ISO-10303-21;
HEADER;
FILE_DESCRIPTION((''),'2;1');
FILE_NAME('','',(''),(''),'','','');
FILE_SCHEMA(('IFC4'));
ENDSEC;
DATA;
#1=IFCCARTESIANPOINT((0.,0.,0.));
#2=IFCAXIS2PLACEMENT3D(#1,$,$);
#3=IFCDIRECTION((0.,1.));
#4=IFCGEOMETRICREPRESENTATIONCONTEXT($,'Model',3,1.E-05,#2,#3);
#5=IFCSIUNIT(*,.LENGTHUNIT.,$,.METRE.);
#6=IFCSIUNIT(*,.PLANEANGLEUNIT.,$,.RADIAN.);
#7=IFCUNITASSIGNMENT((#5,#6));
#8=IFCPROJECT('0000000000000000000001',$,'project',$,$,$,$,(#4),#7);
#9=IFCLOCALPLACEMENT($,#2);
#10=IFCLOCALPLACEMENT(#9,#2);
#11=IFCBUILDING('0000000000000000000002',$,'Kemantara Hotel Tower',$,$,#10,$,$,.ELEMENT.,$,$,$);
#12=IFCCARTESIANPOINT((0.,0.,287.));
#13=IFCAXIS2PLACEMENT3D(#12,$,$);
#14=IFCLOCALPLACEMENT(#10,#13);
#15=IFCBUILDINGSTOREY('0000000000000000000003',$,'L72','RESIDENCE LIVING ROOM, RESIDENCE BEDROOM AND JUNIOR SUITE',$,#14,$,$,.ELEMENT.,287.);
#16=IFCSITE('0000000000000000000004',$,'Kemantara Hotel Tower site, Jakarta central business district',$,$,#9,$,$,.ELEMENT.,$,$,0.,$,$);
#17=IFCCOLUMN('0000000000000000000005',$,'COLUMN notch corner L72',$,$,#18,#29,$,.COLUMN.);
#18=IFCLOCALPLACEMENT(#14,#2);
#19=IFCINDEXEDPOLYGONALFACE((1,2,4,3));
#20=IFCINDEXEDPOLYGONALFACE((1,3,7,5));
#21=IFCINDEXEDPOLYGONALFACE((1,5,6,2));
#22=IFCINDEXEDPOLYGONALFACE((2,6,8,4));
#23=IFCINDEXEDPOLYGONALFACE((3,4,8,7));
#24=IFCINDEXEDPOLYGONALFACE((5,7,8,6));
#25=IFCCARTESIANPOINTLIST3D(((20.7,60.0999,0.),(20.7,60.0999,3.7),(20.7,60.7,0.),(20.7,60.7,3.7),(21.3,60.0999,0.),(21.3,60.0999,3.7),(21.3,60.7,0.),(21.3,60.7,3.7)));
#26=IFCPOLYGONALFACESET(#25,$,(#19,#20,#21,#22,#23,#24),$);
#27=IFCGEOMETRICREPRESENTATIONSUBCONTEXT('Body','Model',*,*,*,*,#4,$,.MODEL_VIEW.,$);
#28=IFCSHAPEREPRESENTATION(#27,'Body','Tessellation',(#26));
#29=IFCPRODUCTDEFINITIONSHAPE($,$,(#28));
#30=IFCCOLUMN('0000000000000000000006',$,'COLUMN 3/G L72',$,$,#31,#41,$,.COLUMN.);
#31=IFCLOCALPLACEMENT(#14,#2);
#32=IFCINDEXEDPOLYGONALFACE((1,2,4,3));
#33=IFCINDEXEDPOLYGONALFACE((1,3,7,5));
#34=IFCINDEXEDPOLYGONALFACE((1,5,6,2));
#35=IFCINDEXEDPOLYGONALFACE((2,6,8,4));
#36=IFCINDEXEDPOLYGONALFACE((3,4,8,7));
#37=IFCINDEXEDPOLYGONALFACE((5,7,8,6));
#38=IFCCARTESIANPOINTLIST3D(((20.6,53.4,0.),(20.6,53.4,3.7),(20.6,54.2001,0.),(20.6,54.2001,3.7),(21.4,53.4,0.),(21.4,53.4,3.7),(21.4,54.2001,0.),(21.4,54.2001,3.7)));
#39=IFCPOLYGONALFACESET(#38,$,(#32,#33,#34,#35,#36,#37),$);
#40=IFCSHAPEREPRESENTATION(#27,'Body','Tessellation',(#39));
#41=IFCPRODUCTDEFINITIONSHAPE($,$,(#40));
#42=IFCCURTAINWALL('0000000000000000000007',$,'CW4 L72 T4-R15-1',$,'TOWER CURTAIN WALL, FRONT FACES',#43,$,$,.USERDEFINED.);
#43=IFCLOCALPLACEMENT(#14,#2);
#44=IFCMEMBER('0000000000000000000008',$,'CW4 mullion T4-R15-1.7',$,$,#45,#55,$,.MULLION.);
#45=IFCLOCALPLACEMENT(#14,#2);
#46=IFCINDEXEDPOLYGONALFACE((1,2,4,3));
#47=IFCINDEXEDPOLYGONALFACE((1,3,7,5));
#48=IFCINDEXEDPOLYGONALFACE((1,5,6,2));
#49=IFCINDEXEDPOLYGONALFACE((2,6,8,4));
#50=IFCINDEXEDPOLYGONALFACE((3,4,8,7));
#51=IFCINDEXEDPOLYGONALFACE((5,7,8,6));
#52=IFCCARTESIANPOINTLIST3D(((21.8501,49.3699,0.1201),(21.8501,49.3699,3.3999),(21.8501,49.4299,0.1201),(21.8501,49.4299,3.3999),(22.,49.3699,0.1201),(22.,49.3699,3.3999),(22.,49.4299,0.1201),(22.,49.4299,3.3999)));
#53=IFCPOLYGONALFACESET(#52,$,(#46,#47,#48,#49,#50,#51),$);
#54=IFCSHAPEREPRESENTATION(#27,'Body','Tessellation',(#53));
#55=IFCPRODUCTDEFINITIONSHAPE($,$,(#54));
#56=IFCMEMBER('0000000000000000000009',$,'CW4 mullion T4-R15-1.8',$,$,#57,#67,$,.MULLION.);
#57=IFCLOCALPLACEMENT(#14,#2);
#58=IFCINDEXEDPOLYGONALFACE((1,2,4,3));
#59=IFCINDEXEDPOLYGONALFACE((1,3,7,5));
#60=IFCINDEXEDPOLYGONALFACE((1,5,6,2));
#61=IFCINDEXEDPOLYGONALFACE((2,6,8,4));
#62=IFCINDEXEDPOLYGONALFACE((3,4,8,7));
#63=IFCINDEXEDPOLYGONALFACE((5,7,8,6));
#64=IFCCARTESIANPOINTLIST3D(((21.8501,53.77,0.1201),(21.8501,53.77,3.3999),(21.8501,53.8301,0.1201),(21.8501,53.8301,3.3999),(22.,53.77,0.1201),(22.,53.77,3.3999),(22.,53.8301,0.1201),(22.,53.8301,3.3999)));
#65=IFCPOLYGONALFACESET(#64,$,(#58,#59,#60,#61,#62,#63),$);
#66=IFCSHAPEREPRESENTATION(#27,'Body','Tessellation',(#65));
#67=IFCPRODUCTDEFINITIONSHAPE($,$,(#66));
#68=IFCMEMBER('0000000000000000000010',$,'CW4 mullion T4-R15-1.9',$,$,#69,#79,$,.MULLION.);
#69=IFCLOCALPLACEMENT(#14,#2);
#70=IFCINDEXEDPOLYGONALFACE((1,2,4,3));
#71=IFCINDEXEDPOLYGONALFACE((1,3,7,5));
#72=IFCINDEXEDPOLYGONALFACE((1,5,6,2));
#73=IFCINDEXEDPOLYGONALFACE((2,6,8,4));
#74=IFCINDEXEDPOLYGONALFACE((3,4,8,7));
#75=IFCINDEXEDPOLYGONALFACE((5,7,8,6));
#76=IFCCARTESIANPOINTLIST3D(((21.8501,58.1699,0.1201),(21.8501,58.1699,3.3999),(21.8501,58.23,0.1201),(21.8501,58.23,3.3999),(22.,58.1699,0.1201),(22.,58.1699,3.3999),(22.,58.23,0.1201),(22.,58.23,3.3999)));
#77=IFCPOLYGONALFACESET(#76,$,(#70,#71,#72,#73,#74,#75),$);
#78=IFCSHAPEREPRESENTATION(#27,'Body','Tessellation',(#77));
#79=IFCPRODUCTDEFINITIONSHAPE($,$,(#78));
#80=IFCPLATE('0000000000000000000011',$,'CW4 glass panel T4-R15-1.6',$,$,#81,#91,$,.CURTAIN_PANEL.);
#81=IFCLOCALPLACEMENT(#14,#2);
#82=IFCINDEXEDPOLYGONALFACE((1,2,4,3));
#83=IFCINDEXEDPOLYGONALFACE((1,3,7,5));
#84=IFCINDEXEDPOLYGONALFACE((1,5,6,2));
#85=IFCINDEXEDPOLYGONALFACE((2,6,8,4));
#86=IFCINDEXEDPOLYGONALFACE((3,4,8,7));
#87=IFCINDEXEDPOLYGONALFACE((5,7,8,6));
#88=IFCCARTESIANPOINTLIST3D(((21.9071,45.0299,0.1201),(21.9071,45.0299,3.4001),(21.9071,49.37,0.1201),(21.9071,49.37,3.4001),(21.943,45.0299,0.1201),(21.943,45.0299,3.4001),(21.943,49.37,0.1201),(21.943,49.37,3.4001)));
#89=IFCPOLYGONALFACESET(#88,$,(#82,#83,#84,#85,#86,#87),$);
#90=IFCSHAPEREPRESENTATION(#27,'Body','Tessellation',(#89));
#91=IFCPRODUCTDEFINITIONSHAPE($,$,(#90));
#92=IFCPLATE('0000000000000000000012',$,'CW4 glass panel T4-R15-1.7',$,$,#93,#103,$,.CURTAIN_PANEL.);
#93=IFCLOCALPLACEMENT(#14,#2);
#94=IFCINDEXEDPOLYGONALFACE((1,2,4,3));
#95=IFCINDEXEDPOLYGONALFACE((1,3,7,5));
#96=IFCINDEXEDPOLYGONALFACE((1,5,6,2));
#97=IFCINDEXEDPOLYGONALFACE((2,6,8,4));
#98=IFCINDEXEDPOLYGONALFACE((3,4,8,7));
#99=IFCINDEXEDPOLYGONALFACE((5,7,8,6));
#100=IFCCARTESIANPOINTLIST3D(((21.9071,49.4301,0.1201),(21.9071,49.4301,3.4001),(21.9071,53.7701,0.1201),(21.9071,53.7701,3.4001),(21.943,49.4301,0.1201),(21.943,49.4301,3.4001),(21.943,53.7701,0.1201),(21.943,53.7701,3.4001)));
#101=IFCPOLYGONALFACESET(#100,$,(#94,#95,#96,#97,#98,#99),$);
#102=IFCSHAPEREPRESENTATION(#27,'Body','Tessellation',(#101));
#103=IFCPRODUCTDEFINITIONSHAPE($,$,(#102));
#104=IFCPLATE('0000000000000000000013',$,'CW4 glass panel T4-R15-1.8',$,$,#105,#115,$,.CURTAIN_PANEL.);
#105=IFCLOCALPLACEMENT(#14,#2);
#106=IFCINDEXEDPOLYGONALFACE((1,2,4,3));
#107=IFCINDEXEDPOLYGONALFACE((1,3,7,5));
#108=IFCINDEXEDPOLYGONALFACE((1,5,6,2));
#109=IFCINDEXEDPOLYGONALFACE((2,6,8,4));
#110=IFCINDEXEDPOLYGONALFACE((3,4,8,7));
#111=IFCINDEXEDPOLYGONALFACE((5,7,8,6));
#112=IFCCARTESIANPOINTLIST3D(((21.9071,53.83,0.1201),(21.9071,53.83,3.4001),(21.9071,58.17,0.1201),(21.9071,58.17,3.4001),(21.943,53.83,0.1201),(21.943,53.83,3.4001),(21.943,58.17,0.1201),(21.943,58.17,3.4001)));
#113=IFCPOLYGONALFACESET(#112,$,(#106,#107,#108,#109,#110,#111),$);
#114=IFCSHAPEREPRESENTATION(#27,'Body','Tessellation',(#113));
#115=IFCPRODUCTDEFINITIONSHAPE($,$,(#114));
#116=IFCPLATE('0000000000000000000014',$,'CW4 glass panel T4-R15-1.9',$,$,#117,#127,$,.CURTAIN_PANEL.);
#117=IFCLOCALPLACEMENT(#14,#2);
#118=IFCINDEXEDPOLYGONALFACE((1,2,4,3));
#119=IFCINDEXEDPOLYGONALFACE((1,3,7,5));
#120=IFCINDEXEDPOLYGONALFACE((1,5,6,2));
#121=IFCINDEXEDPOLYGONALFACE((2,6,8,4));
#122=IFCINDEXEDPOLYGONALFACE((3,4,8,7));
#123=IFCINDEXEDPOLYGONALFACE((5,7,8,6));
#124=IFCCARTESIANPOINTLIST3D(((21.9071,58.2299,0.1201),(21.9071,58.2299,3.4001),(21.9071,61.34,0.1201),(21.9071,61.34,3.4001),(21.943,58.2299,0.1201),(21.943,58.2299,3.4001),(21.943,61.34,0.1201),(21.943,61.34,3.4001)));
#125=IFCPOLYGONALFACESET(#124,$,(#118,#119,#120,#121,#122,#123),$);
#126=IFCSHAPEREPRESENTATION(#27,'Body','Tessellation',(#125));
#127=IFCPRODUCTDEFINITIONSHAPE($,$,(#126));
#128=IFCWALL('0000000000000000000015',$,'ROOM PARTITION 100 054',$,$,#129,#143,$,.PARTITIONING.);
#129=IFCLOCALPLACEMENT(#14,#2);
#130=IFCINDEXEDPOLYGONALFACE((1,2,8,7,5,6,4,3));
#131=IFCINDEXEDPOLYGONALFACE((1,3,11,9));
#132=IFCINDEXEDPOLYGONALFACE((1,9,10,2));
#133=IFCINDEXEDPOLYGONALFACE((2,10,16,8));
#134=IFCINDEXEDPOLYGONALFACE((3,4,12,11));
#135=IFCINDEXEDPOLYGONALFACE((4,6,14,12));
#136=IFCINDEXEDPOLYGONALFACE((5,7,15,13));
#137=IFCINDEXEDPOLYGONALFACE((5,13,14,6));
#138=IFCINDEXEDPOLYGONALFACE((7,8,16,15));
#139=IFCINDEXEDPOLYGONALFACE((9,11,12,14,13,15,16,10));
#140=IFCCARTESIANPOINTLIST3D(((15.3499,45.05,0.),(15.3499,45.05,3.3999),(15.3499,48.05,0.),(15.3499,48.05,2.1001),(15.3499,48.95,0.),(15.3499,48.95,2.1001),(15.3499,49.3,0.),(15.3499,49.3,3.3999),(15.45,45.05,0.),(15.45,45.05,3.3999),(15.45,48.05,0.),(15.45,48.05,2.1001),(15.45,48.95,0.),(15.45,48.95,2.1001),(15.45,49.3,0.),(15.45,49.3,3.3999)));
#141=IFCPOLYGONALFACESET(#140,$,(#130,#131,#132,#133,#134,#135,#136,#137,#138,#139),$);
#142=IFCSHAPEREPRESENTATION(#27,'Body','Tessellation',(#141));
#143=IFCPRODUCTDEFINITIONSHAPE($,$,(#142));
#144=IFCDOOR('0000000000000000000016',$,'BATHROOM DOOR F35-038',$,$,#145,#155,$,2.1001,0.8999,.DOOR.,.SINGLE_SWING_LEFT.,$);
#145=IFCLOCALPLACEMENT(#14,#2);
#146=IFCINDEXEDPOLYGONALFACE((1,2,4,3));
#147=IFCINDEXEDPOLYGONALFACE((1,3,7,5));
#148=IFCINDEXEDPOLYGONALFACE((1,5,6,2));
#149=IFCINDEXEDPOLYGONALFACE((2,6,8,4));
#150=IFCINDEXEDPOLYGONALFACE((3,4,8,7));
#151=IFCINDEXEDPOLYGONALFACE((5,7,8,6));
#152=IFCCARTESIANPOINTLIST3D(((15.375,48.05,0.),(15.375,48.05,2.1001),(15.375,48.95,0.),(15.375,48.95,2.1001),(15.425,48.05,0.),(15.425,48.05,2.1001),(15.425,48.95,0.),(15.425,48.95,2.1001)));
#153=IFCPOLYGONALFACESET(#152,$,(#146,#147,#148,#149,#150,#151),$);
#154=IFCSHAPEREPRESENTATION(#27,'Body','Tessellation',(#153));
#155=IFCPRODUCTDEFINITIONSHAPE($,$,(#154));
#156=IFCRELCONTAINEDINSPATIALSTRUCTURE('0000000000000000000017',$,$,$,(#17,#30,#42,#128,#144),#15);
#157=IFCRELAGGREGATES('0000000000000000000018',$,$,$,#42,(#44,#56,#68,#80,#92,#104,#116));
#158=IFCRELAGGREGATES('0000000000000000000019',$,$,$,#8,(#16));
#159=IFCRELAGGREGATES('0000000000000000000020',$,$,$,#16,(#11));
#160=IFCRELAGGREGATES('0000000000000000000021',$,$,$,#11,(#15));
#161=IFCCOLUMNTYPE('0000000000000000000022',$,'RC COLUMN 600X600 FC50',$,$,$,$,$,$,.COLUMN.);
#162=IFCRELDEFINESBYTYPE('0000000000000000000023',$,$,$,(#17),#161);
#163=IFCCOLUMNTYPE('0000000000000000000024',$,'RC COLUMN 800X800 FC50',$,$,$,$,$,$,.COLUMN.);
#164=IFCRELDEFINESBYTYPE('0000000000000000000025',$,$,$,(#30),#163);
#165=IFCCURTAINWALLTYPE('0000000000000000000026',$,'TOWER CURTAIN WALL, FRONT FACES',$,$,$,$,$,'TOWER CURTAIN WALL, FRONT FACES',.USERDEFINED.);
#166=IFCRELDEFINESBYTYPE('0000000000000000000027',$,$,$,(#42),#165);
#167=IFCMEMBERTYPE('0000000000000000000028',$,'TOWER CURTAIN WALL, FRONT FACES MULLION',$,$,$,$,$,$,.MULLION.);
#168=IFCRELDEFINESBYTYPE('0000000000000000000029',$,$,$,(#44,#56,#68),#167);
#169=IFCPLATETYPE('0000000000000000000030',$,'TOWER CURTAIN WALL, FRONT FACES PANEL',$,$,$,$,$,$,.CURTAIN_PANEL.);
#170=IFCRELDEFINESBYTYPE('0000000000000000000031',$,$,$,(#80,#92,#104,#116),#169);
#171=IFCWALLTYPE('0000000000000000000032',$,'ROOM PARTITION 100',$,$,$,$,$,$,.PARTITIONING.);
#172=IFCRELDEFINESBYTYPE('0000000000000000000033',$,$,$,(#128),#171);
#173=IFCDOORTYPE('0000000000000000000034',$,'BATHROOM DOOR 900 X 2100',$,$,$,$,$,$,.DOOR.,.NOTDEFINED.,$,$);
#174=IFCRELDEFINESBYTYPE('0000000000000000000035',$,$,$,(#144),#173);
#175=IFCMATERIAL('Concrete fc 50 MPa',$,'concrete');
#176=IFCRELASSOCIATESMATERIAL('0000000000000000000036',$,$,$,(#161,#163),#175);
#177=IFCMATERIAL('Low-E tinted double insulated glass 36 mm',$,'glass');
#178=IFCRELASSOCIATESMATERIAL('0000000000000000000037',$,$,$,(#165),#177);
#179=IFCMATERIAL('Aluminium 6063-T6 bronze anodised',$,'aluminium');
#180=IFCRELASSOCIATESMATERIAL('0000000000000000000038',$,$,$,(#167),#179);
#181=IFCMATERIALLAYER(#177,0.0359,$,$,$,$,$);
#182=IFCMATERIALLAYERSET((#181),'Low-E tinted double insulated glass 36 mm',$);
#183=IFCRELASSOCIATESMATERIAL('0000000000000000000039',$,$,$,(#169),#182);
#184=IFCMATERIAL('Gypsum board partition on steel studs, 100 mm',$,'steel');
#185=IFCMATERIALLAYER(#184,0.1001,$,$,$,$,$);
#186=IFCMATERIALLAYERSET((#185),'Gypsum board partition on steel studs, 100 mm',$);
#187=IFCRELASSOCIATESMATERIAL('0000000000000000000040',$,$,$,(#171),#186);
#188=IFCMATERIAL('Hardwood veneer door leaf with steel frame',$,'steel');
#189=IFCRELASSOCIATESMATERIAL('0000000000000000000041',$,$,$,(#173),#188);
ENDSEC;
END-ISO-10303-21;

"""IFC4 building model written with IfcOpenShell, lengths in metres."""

from ifc_helpers import new_model, si_unit, direction, frame, frame_2d, origin, origin_2d, place, context, subcontext, project, spatial, rectangle, extrude, source, transform, mapped, material, layer, layer_set, material_profile, profile_set, type_object, element, fill, aggregate, save


model = new_model("IFC4")

# Units and contexts
model_context = context("Model", 3, precision=1e-05, world=origin(), true_north=direction((0.0, 1.0)))
body_context = subcontext(model_context, "Body", "Model", "MODEL_VIEW")
ifc_project = project(units=[si_unit("LENGTHUNIT", "METRE"), si_unit("PLANEANGLEUNIT", "RADIAN")], contexts=[model_context])

# Site, building, storey
site_placement = place(None, origin())
site = spatial("IfcSite", under=ifc_project, at=site_placement, Name="Kemantara Hotel Tower site, Jakarta central business district", CompositionType="ELEMENT", RefElevation=0.0)
building_placement = place(site_placement, origin())
building = spatial("IfcBuilding", under=site, at=building_placement, Name="Kemantara Hotel Tower", CompositionType="ELEMENT")
storey_placement = place(building_placement, frame((0.0, 0.0, 287.0)))
storey = spatial("IfcBuildingStorey", under=building, at=storey_placement, Name="L72", Description="RESIDENCE LIVING ROOM, RESIDENCE BEDROOM AND JUNIOR SUITE", CompositionType="ELEMENT", Elevation=287.0)

# Columns
ifc_material_1 = material(Name="Concrete fc 50 MPa", Category="concrete")
ifc_material_profile_1 = material_profile(ifc_material_1, rectangle(XDim=0.6001, YDim=0.6001, at=origin_2d()), Name="RC 600X600")
ifc_profile_set_1 = profile_set([ifc_material_profile_1], Name="Concrete fc 50 MPa")
column_type_1 = type_object("IfcColumnType", Name="RC COLUMN 600X600 FC50", PredefinedType="COLUMN", material=ifc_profile_set_1)
column_1_placement = place(storey_placement, frame((21.0, 60.3999, 0.0), z_axis=(0.0, 0.0, 1.0), x_axis=(1.0, 0.0, 0.0)))
element("IfcColumn", 1, at=column_1_placement, inside=storey, type_object=column_type_1, Name="COLUMN notch corner L72", PredefinedType="COLUMN", context=body_context, shape_type="SweptSolid", body=[
    extrude(rectangle(XDim=0.6001, YDim=0.6001, at=origin_2d()), origin(), (0.0, 0.0, 1.0), 3.7),
])
ifc_material_profile_2 = material_profile(ifc_material_1, rectangle(XDim=0.8, YDim=0.8, at=origin_2d()), Name="RC 800X800")
ifc_profile_set_2 = profile_set([ifc_material_profile_2], Name="Concrete fc 50 MPa")
column_type_2 = type_object("IfcColumnType", Name="RC COLUMN 800X800 FC50", PredefinedType="COLUMN", material=ifc_profile_set_2)
column_2_placement = place(storey_placement, frame((21.0, 53.8, 0.0), z_axis=(0.0, 0.0, 1.0), x_axis=(1.0, 0.0, 0.0)))
element("IfcColumn", 2, at=column_2_placement, inside=storey, type_object=column_type_2, Name="COLUMN 3/G L72", PredefinedType="COLUMN", context=body_context, shape_type="SweptSolid", body=[
    extrude(rectangle(XDim=0.8, YDim=0.8, at=origin_2d()), origin(), (0.0, 0.0, 1.0), 3.7),
])

# Curtain wall, members, plates
ifc_material_2 = material(Name="Low-E tinted double insulated glass 36 mm", Category="glass")
curtain_wall_type = type_object("IfcCurtainWallType", Name="TOWER CURTAIN WALL, FRONT FACES", ElementType="TOWER CURTAIN WALL, FRONT FACES", PredefinedType="USERDEFINED", material=ifc_material_2)
curtain_wall_placement = place(storey_placement, origin())
curtain_wall = element("IfcCurtainWall", 3, at=curtain_wall_placement, inside=storey, type_object=curtain_wall_type, Name="CW4 L72 T4-R15-1", ObjectType="TOWER CURTAIN WALL, FRONT FACES", PredefinedType="USERDEFINED")
ifc_material_3 = material(Name="Aluminium 6063-T6 bronze anodised", Category="aluminium")
ifc_material_profile_3 = material_profile(ifc_material_3, rectangle(XDim=0.1499, YDim=0.0601, at=origin_2d()), Name="TOWER CURTAIN WALL, FRONT FACES MULLION")
ifc_profile_set_3 = profile_set([ifc_material_profile_3], Name="Aluminium 6063-T6 bronze anodised")
member_type = type_object("IfcMemberType", Name="TOWER CURTAIN WALL, FRONT FACES MULLION", PredefinedType="MULLION", material=ifc_profile_set_3)
shared_shape_1 = source(origin(), body_context, "Body", "SweptSolid", [
    extrude(rectangle(XDim=0.1499, YDim=0.0601, at=origin_2d()), origin(), (0.0, 0.0, 1.0), 3.2798),
])
member_1_placement = place(storey_placement, frame((21.925, 49.3999, 0.1201), z_axis=(0.0, 0.0, 1.0), x_axis=(-1.0, 0.0, 0.0)))
member_1 = element("IfcMember", 4, at=member_1_placement, type_object=member_type, Name="CW4 mullion T4-R15-1.7", PredefinedType="MULLION", context=body_context, shape_type="MappedRepresentation", body=[
    mapped(shared_shape_1, transform((0.0, 0.0, 0.0))),
])
member_2_placement = place(storey_placement, frame((21.925, 53.8, 0.1201), z_axis=(0.0, 0.0, 1.0), x_axis=(-1.0, 0.0, 0.0)))
member_2 = element("IfcMember", 5, at=member_2_placement, type_object=member_type, Name="CW4 mullion T4-R15-1.8", PredefinedType="MULLION", context=body_context, shape_type="MappedRepresentation", body=[
    mapped(shared_shape_1, transform((0.0, 0.0, 0.0))),
])
member_3_placement = place(storey_placement, frame((21.925, 58.2, 0.1201), z_axis=(0.0, 0.0, 1.0), x_axis=(-1.0, 0.0, 0.0)))
member_3 = element("IfcMember", 6, at=member_3_placement, type_object=member_type, Name="CW4 mullion T4-R15-1.9", PredefinedType="MULLION", context=body_context, shape_type="MappedRepresentation", body=[
    mapped(shared_shape_1, transform((0.0, 0.0, 0.0))),
])
ifc_layer_1 = layer(ifc_material_2, 0.0359)
ifc_layer_set_1 = layer_set([ifc_layer_1], Name="Low-E tinted double insulated glass 36 mm")
plate_type = type_object("IfcPlateType", Name="TOWER CURTAIN WALL, FRONT FACES PANEL", PredefinedType="CURTAIN_PANEL", material=ifc_layer_set_1)
shared_shape_2 = source(origin(), body_context, "Body", "SweptSolid", [
    extrude(rectangle(XDim=4.3401, YDim=0.0359, at=origin_2d()), origin(), (0.0, 0.0, 1.0), 3.28),
])
plate_1_placement = place(storey_placement, frame((21.925, 47.2, 0.1201), z_axis=(0.0, 0.0, 1.0), x_axis=(0.0, 1.0, 0.0)))
plate_1 = element("IfcPlate", 7, at=plate_1_placement, type_object=plate_type, Name="CW4 glass panel T4-R15-1.6", PredefinedType="CURTAIN_PANEL", context=body_context, shape_type="MappedRepresentation", body=[
    mapped(shared_shape_2, transform((0.0, 0.0, 0.0))),
])
plate_2_placement = place(storey_placement, frame((21.925, 51.6001, 0.1201), z_axis=(0.0, 0.0, 1.0), x_axis=(0.0, 1.0, 0.0)))
plate_2 = element("IfcPlate", 8, at=plate_2_placement, type_object=plate_type, Name="CW4 glass panel T4-R15-1.7", PredefinedType="CURTAIN_PANEL", context=body_context, shape_type="MappedRepresentation", body=[
    mapped(shared_shape_2, transform((0.0, 0.0, 0.0))),
])
plate_3_placement = place(storey_placement, frame((21.925, 56.0, 0.1201), z_axis=(0.0, 0.0, 1.0), x_axis=(0.0, 1.0, 0.0)))
plate_3 = element("IfcPlate", 9, at=plate_3_placement, type_object=plate_type, Name="CW4 glass panel T4-R15-1.8", PredefinedType="CURTAIN_PANEL", context=body_context, shape_type="MappedRepresentation", body=[
    mapped(shared_shape_2, transform((0.0, 0.0, 0.0))),
])
shared_shape_3 = source(origin(), body_context, "Body", "SweptSolid", [
    extrude(rectangle(XDim=3.1101, YDim=0.0359, at=origin_2d()), origin(), (0.0, 0.0, 1.0), 3.28),
])
plate_4_placement = place(storey_placement, frame((21.925, 59.7849, 0.1201), z_axis=(0.0, 0.0, 1.0), x_axis=(0.0, 1.0, 0.0)))
plate_4 = element("IfcPlate", 10, at=plate_4_placement, type_object=plate_type, Name="CW4 glass panel T4-R15-1.9", PredefinedType="CURTAIN_PANEL", context=body_context, shape_type="MappedRepresentation", body=[
    mapped(shared_shape_3, transform((0.0, 0.0, 0.0))),
])
aggregate(curtain_wall, [member_1, member_2, member_3, plate_1, plate_2, plate_3, plate_4])

# Wall, opening, door
ifc_material_4 = material(Name="Gypsum board partition on steel studs, 100 mm", Category="steel")
ifc_layer_2 = layer(ifc_material_4, 0.1001)
ifc_layer_set_2 = layer_set([ifc_layer_2], Name="Gypsum board partition on steel studs, 100 mm")
wall_type = type_object("IfcWallType", Name="ROOM PARTITION 100", PredefinedType="PARTITIONING", material=ifc_layer_set_2)
wall_1_placement = place(storey_placement, frame((15.3999, 45.05, 0.0), z_axis=(0.0, 0.0, 1.0), x_axis=(0.0, 1.0, 0.0)))
wall_1 = element("IfcWall", 11, at=wall_1_placement, inside=storey, type_object=wall_type, Name="ROOM PARTITION 100 054", PredefinedType="PARTITIONING", context=body_context, shape_type="SweptSolid", body=[
    extrude(rectangle(XDim=4.25, YDim=0.1001, at=frame_2d((2.125, 0.0))), origin(), (0.0, 0.0, 1.0), 3.3999),
])
opening_1_placement = place(wall_1_placement, frame((3.0, 0.0, 0.0)))
opening_1 = element("IfcOpeningElement", 12, at=opening_1_placement, cuts=wall_1, PredefinedType="OPENING", context=body_context, shape_type="SweptSolid", body=[
    extrude(rectangle(XDim=0.8999, YDim=2.1001, at=frame_2d((0.45, 1.05))), frame((0.0, 0.0601, 0.0), z_axis=(0.0, -1.0, 0.0), x_axis=(1.0, 0.0, 0.0)), (0.0, 0.0, 1.0), 0.1201),
])
ifc_material_5 = material(Name="Hardwood veneer door leaf with steel frame", Category="steel")
door_type_1 = type_object("IfcDoorType", Name="BATHROOM DOOR 900 X 2100", OperationType="NOTDEFINED", PredefinedType="DOOR", material=ifc_material_5)
door_1_placement = place(opening_1_placement, origin())
door_1 = element("IfcDoor", 13, at=door_1_placement, inside=storey, type_object=door_type_1, Name="BATHROOM DOOR F35-038", OperationType="SINGLE_SWING_LEFT", OverallHeight=2.1001, OverallWidth=0.8999, PredefinedType="DOOR", context=body_context, shape_type="SweptSolid", body=[
    extrude(rectangle(XDim=0.8999, YDim=2.1001, at=frame_2d((0.45, 1.05))), frame((0.0, 0.0249, 0.0), z_axis=(0.0, -1.0, 0.0), x_axis=(1.0, 0.0, 0.0)), (0.0, 0.0, 1.0), 0.05),
])
fill(opening_1, door_1)

save(model, "model.ifc")
